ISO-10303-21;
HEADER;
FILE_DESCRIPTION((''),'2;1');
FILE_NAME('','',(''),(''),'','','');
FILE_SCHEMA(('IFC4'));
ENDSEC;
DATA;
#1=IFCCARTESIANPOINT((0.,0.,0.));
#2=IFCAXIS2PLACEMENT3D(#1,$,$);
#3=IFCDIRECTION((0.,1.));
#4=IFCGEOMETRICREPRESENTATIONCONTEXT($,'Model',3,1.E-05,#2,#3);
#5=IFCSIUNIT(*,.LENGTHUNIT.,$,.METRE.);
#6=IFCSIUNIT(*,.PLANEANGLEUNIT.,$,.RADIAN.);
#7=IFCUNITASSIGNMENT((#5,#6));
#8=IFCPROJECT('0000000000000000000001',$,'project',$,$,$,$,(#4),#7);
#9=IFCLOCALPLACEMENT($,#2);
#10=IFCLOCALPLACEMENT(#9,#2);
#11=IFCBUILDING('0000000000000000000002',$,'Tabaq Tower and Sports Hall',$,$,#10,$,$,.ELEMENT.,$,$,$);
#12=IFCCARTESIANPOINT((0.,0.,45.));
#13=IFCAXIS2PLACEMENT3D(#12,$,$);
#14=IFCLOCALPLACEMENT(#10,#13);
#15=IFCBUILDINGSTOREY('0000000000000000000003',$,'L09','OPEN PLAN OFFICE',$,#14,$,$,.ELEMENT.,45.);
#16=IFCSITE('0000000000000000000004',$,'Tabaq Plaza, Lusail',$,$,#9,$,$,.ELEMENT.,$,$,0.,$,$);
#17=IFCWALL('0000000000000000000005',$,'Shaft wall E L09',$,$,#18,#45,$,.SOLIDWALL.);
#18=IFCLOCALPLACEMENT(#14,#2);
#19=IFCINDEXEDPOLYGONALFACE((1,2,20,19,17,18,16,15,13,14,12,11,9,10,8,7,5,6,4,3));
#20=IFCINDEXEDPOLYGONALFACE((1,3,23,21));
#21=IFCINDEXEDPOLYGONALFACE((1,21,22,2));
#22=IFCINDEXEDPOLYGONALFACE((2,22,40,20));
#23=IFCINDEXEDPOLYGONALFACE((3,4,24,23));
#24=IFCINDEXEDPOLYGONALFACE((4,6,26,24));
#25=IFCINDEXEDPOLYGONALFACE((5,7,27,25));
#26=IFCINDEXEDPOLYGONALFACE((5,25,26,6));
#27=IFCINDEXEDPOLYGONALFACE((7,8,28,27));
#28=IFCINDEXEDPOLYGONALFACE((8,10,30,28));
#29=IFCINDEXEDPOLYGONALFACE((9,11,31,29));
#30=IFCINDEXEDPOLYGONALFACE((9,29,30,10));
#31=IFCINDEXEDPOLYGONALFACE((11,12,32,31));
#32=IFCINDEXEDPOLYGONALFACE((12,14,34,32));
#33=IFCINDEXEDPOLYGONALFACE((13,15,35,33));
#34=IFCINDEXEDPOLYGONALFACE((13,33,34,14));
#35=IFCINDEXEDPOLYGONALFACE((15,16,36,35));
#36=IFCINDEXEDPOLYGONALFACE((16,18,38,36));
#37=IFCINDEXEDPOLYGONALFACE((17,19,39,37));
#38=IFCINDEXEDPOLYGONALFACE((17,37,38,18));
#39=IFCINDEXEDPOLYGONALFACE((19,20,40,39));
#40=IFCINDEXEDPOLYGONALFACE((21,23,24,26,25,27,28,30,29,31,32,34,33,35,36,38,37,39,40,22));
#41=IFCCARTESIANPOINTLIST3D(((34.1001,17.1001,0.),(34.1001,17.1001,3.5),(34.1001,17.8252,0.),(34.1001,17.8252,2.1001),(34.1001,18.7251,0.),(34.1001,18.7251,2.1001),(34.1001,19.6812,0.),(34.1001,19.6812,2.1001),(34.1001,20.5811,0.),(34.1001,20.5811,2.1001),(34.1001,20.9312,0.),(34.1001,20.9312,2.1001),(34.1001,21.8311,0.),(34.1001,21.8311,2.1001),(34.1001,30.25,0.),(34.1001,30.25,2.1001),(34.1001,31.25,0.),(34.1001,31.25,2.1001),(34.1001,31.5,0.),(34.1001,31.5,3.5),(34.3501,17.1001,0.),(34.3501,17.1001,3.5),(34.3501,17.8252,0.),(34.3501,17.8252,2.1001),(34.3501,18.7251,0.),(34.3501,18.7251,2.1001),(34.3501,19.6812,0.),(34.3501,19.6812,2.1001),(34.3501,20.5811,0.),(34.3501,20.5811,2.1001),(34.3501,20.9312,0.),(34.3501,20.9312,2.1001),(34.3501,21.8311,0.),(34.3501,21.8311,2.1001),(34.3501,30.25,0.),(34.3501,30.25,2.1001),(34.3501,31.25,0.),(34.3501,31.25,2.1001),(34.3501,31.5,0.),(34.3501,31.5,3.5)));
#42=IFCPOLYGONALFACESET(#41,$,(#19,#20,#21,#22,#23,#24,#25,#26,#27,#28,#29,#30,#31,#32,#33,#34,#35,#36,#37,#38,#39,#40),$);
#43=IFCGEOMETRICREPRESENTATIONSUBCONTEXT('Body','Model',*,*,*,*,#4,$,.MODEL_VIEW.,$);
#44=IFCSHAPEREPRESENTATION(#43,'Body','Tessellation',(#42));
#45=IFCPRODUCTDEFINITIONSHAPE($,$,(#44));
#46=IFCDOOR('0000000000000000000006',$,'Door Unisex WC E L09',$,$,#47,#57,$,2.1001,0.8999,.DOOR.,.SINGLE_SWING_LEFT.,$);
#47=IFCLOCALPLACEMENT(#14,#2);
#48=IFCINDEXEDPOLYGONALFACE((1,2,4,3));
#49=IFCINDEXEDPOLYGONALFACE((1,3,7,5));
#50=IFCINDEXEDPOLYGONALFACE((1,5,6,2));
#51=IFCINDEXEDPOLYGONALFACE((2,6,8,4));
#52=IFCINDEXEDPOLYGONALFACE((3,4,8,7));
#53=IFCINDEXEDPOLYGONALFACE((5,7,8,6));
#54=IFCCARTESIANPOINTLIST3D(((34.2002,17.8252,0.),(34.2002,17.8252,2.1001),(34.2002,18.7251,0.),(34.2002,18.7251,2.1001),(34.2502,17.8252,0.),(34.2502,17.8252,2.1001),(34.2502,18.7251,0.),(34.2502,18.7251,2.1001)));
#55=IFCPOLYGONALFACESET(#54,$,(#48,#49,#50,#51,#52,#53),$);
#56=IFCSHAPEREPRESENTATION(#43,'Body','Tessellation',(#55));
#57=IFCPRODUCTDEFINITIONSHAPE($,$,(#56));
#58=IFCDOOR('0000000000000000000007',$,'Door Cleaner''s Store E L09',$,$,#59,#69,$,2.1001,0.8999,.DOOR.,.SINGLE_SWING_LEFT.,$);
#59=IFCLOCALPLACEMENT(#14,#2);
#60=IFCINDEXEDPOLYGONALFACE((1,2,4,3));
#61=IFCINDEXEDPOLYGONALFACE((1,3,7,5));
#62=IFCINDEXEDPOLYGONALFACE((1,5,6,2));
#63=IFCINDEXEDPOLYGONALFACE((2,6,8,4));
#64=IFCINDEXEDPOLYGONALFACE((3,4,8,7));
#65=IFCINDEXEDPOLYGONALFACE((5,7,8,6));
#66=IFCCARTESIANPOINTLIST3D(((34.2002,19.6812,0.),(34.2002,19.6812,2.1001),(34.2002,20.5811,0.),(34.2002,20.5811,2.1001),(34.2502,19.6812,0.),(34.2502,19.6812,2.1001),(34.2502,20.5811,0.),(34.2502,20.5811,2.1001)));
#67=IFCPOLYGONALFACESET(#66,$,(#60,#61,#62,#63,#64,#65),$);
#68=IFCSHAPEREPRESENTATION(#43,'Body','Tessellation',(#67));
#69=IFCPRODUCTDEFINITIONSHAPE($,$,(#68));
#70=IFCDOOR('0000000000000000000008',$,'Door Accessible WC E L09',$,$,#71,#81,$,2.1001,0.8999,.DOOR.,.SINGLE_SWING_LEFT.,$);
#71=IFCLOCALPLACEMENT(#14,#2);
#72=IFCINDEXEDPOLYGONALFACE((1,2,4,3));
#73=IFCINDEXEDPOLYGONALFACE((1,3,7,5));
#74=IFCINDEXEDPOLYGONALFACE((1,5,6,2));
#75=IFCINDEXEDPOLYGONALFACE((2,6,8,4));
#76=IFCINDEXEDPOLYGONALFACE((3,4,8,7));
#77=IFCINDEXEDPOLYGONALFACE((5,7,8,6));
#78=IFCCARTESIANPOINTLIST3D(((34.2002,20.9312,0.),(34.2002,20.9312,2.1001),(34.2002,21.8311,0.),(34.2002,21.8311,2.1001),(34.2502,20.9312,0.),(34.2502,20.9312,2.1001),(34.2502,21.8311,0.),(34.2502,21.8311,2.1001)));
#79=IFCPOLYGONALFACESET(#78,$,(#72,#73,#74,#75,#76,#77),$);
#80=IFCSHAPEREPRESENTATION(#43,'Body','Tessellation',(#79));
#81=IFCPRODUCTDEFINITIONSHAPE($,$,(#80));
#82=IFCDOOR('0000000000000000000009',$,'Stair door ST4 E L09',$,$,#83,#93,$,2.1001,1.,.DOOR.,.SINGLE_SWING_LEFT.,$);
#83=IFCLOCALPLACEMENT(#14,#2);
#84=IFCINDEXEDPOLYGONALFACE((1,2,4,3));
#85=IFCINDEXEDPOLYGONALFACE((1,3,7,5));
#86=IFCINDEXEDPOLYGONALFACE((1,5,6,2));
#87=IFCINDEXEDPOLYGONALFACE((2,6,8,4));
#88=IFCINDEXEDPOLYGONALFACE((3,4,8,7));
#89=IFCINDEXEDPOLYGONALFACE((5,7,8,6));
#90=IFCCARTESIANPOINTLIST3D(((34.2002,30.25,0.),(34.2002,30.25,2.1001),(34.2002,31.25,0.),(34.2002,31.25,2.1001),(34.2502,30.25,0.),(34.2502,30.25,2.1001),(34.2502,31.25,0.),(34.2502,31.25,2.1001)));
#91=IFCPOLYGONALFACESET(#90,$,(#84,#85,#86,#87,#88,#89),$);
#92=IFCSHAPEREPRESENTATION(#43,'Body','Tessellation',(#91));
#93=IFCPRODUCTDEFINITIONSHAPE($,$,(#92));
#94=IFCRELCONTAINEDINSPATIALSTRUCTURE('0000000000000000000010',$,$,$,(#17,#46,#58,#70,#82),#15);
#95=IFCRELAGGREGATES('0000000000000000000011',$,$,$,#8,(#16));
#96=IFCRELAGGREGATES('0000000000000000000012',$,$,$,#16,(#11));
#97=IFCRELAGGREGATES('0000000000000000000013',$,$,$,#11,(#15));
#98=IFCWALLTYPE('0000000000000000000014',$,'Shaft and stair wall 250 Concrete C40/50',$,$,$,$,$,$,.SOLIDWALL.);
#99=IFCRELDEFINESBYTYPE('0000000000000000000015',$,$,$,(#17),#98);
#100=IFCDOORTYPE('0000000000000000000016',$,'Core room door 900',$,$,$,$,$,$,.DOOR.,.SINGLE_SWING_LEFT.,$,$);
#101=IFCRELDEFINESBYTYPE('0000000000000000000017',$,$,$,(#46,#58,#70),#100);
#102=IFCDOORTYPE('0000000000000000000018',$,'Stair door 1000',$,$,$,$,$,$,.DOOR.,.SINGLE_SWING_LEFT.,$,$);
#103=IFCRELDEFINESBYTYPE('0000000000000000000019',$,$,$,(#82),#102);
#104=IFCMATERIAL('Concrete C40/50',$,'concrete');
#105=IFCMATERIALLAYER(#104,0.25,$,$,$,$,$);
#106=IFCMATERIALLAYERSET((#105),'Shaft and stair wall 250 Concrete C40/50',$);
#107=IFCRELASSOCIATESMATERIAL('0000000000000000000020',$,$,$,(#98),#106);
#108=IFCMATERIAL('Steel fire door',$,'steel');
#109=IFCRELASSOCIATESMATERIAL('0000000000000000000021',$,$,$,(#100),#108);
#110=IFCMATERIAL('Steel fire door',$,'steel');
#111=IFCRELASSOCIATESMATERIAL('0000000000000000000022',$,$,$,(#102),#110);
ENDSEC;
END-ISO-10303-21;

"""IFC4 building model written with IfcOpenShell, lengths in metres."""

from ifc_helpers import new_model, si_unit, direction, frame, frame_2d, origin, place, context, subcontext, project, spatial, rectangle, extrude, material, layer, layer_set, type_object, element, fill, save


model = new_model("IFC4")

# Units and contexts
model_context = context("Model", 3, precision=1e-05, world=origin(), true_north=direction((0.0, 1.0)))
body_context = subcontext(model_context, "Body", "Model", "MODEL_VIEW")
ifc_project = project(units=[si_unit("LENGTHUNIT", "METRE"), si_unit("PLANEANGLEUNIT", "RADIAN")], contexts=[model_context])

# Site, building, storey
site_placement = place(None, origin())
site = spatial("IfcSite", under=ifc_project, at=site_placement, Name="Tabaq Plaza, Lusail", CompositionType="ELEMENT", RefElevation=0.0)
building_placement = place(site_placement, origin())
building = spatial("IfcBuilding", under=site, at=building_placement, Name="Tabaq Tower and Sports Hall", CompositionType="ELEMENT")
storey_placement = place(building_placement, frame((0.0, 0.0, 45.0)))
storey = spatial("IfcBuildingStorey", under=building, at=storey_placement, Name="L09", Description="OPEN PLAN OFFICE", CompositionType="ELEMENT", Elevation=45.0)

# Wall, openings, doors
ifc_material_1 = material(Name="Concrete C40/50", Category="concrete")
ifc_layer_1 = layer(ifc_material_1, 0.25)
ifc_layer_set_1 = layer_set([ifc_layer_1], Name="Shaft and stair wall 250 Concrete C40/50")
wall_type_1 = type_object("IfcWallType", Name="Shaft and stair wall 250 Concrete C40/50", PredefinedType="SOLIDWALL", material=ifc_layer_set_1)
wall_1_placement = place(storey_placement, frame((34.2251, 17.1001, 0.0), z_axis=(0.0, 0.0, 1.0), x_axis=(0.0, 1.0, 0.0)))
wall_1 = element("IfcWall", 1, at=wall_1_placement, inside=storey, type_object=wall_type_1, Name="Shaft wall E L09", PredefinedType="SOLIDWALL", context=body_context, shape_type="SweptSolid", body=[
    extrude(rectangle(XDim=14.3999, YDim=0.25, at=frame_2d((7.2, 0.0))), origin(), (0.0, 0.0, 1.0), 3.5),
])
opening_1_placement = place(wall_1_placement, frame((13.1499, 0.0, 0.0)))
opening_1 = element("IfcOpeningElement", 2, at=opening_1_placement, cuts=wall_1, PredefinedType="OPENING", context=body_context, shape_type="SweptSolid", body=[
    extrude(rectangle(XDim=1.0, YDim=2.1001, at=frame_2d((0.5, 1.05))), frame((0.0, 0.125, 0.0), z_axis=(0.0, -1.0, 0.0), x_axis=(1.0, 0.0, 0.0)), (0.0, 0.0, 1.0), 0.25),
])
opening_2_placement = place(wall_1_placement, frame((0.7251, 0.0, 0.0)))
opening_2 = element("IfcOpeningElement", 3, at=opening_2_placement, cuts=wall_1, PredefinedType="OPENING", context=body_context, shape_type="SweptSolid", body=[
    extrude(rectangle(XDim=0.8999, YDim=2.1001, at=frame_2d((0.45, 1.05))), frame((0.0, 0.125, 0.0), z_axis=(0.0, -1.0, 0.0), x_axis=(1.0, 0.0, 0.0)), (0.0, 0.0, 1.0), 0.25),
])
opening_3_placement = place(wall_1_placement, frame((2.5811, 0.0, 0.0)))
opening_3 = element("IfcOpeningElement", 4, at=opening_3_placement, cuts=wall_1, PredefinedType="OPENING", context=body_context, shape_type="SweptSolid", body=[
    extrude(rectangle(XDim=0.8999, YDim=2.1001, at=frame_2d((0.45, 1.05))), frame((0.0, 0.125, 0.0), z_axis=(0.0, -1.0, 0.0), x_axis=(1.0, 0.0, 0.0)), (0.0, 0.0, 1.0), 0.25),
])
opening_4_placement = place(wall_1_placement, frame((3.8311, 0.0, 0.0)))
opening_4 = element("IfcOpeningElement", 5, at=opening_4_placement, cuts=wall_1, PredefinedType="OPENING", context=body_context, shape_type="SweptSolid", body=[
    extrude(rectangle(XDim=0.8999, YDim=2.1001, at=frame_2d((0.45, 1.05))), frame((0.0, 0.125, 0.0), z_axis=(0.0, -1.0, 0.0), x_axis=(1.0, 0.0, 0.0)), (0.0, 0.0, 1.0), 0.25),
])
ifc_material_2 = material(Name="Steel fire door", Category="steel")
door_type_1 = type_object("IfcDoorType", Name="Core room door 900", OperationType="SINGLE_SWING_LEFT", PredefinedType="DOOR", material=ifc_material_2)
door_1_placement = place(opening_2_placement, origin())
door_1 = element("IfcDoor", 6, at=door_1_placement, inside=storey, type_object=door_type_1, Name="Door Unisex WC E L09", OperationType="SINGLE_SWING_LEFT", OverallHeight=2.1001, OverallWidth=0.8999, PredefinedType="DOOR", context=body_context, shape_type="SweptSolid", body=[
    extrude(rectangle(XDim=0.8999, YDim=2.1001, at=frame_2d((0.45, 1.05))), frame((0.0, 0.0249, 0.0), z_axis=(0.0, -1.0, 0.0), x_axis=(1.0, 0.0, 0.0)), (0.0, 0.0, 1.0), 0.05),
])
fill(opening_2, door_1)
door_2_placement = place(opening_3_placement, origin())
door_2 = element("IfcDoor", 7, at=door_2_placement, inside=storey, type_object=door_type_1, Name="Door Cleaner's Store E L09", OperationType="SINGLE_SWING_LEFT", OverallHeight=2.1001, OverallWidth=0.8999, PredefinedType="DOOR", context=body_context, shape_type="SweptSolid", body=[
    extrude(rectangle(XDim=0.8999, YDim=2.1001, at=frame_2d((0.45, 1.05))), frame((0.0, 0.0249, 0.0), z_axis=(0.0, -1.0, 0.0), x_axis=(1.0, 0.0, 0.0)), (0.0, 0.0, 1.0), 0.05),
])
fill(opening_3, door_2)
door_3_placement = place(opening_4_placement, origin())
door_3 = element("IfcDoor", 8, at=door_3_placement, inside=storey, type_object=door_type_1, Name="Door Accessible WC E L09", OperationType="SINGLE_SWING_LEFT", OverallHeight=2.1001, OverallWidth=0.8999, PredefinedType="DOOR", context=body_context, shape_type="SweptSolid", body=[
    extrude(rectangle(XDim=0.8999, YDim=2.1001, at=frame_2d((0.45, 1.05))), frame((0.0, 0.0249, 0.0), z_axis=(0.0, -1.0, 0.0), x_axis=(1.0, 0.0, 0.0)), (0.0, 0.0, 1.0), 0.05),
])
fill(opening_4, door_3)
ifc_material_3 = material(Name="Steel fire door", Category="steel")
door_type_2 = type_object("IfcDoorType", Name="Stair door 1000", OperationType="SINGLE_SWING_LEFT", PredefinedType="DOOR", material=ifc_material_3)
door_4_placement = place(opening_1_placement, origin())
door_4 = element("IfcDoor", 9, at=door_4_placement, inside=storey, type_object=door_type_2, Name="Stair door ST4 E L09", OperationType="SINGLE_SWING_LEFT", OverallHeight=2.1001, OverallWidth=1.0, PredefinedType="DOOR", context=body_context, shape_type="SweptSolid", body=[
    extrude(rectangle(XDim=1.0, YDim=2.1001, at=frame_2d((0.5, 1.05))), frame((0.0, 0.0249, 0.0), z_axis=(0.0, -1.0, 0.0), x_axis=(1.0, 0.0, 0.0)), (0.0, 0.0, 1.0), 0.05),
])
fill(opening_1, door_4)

save(model, "model.ifc")
